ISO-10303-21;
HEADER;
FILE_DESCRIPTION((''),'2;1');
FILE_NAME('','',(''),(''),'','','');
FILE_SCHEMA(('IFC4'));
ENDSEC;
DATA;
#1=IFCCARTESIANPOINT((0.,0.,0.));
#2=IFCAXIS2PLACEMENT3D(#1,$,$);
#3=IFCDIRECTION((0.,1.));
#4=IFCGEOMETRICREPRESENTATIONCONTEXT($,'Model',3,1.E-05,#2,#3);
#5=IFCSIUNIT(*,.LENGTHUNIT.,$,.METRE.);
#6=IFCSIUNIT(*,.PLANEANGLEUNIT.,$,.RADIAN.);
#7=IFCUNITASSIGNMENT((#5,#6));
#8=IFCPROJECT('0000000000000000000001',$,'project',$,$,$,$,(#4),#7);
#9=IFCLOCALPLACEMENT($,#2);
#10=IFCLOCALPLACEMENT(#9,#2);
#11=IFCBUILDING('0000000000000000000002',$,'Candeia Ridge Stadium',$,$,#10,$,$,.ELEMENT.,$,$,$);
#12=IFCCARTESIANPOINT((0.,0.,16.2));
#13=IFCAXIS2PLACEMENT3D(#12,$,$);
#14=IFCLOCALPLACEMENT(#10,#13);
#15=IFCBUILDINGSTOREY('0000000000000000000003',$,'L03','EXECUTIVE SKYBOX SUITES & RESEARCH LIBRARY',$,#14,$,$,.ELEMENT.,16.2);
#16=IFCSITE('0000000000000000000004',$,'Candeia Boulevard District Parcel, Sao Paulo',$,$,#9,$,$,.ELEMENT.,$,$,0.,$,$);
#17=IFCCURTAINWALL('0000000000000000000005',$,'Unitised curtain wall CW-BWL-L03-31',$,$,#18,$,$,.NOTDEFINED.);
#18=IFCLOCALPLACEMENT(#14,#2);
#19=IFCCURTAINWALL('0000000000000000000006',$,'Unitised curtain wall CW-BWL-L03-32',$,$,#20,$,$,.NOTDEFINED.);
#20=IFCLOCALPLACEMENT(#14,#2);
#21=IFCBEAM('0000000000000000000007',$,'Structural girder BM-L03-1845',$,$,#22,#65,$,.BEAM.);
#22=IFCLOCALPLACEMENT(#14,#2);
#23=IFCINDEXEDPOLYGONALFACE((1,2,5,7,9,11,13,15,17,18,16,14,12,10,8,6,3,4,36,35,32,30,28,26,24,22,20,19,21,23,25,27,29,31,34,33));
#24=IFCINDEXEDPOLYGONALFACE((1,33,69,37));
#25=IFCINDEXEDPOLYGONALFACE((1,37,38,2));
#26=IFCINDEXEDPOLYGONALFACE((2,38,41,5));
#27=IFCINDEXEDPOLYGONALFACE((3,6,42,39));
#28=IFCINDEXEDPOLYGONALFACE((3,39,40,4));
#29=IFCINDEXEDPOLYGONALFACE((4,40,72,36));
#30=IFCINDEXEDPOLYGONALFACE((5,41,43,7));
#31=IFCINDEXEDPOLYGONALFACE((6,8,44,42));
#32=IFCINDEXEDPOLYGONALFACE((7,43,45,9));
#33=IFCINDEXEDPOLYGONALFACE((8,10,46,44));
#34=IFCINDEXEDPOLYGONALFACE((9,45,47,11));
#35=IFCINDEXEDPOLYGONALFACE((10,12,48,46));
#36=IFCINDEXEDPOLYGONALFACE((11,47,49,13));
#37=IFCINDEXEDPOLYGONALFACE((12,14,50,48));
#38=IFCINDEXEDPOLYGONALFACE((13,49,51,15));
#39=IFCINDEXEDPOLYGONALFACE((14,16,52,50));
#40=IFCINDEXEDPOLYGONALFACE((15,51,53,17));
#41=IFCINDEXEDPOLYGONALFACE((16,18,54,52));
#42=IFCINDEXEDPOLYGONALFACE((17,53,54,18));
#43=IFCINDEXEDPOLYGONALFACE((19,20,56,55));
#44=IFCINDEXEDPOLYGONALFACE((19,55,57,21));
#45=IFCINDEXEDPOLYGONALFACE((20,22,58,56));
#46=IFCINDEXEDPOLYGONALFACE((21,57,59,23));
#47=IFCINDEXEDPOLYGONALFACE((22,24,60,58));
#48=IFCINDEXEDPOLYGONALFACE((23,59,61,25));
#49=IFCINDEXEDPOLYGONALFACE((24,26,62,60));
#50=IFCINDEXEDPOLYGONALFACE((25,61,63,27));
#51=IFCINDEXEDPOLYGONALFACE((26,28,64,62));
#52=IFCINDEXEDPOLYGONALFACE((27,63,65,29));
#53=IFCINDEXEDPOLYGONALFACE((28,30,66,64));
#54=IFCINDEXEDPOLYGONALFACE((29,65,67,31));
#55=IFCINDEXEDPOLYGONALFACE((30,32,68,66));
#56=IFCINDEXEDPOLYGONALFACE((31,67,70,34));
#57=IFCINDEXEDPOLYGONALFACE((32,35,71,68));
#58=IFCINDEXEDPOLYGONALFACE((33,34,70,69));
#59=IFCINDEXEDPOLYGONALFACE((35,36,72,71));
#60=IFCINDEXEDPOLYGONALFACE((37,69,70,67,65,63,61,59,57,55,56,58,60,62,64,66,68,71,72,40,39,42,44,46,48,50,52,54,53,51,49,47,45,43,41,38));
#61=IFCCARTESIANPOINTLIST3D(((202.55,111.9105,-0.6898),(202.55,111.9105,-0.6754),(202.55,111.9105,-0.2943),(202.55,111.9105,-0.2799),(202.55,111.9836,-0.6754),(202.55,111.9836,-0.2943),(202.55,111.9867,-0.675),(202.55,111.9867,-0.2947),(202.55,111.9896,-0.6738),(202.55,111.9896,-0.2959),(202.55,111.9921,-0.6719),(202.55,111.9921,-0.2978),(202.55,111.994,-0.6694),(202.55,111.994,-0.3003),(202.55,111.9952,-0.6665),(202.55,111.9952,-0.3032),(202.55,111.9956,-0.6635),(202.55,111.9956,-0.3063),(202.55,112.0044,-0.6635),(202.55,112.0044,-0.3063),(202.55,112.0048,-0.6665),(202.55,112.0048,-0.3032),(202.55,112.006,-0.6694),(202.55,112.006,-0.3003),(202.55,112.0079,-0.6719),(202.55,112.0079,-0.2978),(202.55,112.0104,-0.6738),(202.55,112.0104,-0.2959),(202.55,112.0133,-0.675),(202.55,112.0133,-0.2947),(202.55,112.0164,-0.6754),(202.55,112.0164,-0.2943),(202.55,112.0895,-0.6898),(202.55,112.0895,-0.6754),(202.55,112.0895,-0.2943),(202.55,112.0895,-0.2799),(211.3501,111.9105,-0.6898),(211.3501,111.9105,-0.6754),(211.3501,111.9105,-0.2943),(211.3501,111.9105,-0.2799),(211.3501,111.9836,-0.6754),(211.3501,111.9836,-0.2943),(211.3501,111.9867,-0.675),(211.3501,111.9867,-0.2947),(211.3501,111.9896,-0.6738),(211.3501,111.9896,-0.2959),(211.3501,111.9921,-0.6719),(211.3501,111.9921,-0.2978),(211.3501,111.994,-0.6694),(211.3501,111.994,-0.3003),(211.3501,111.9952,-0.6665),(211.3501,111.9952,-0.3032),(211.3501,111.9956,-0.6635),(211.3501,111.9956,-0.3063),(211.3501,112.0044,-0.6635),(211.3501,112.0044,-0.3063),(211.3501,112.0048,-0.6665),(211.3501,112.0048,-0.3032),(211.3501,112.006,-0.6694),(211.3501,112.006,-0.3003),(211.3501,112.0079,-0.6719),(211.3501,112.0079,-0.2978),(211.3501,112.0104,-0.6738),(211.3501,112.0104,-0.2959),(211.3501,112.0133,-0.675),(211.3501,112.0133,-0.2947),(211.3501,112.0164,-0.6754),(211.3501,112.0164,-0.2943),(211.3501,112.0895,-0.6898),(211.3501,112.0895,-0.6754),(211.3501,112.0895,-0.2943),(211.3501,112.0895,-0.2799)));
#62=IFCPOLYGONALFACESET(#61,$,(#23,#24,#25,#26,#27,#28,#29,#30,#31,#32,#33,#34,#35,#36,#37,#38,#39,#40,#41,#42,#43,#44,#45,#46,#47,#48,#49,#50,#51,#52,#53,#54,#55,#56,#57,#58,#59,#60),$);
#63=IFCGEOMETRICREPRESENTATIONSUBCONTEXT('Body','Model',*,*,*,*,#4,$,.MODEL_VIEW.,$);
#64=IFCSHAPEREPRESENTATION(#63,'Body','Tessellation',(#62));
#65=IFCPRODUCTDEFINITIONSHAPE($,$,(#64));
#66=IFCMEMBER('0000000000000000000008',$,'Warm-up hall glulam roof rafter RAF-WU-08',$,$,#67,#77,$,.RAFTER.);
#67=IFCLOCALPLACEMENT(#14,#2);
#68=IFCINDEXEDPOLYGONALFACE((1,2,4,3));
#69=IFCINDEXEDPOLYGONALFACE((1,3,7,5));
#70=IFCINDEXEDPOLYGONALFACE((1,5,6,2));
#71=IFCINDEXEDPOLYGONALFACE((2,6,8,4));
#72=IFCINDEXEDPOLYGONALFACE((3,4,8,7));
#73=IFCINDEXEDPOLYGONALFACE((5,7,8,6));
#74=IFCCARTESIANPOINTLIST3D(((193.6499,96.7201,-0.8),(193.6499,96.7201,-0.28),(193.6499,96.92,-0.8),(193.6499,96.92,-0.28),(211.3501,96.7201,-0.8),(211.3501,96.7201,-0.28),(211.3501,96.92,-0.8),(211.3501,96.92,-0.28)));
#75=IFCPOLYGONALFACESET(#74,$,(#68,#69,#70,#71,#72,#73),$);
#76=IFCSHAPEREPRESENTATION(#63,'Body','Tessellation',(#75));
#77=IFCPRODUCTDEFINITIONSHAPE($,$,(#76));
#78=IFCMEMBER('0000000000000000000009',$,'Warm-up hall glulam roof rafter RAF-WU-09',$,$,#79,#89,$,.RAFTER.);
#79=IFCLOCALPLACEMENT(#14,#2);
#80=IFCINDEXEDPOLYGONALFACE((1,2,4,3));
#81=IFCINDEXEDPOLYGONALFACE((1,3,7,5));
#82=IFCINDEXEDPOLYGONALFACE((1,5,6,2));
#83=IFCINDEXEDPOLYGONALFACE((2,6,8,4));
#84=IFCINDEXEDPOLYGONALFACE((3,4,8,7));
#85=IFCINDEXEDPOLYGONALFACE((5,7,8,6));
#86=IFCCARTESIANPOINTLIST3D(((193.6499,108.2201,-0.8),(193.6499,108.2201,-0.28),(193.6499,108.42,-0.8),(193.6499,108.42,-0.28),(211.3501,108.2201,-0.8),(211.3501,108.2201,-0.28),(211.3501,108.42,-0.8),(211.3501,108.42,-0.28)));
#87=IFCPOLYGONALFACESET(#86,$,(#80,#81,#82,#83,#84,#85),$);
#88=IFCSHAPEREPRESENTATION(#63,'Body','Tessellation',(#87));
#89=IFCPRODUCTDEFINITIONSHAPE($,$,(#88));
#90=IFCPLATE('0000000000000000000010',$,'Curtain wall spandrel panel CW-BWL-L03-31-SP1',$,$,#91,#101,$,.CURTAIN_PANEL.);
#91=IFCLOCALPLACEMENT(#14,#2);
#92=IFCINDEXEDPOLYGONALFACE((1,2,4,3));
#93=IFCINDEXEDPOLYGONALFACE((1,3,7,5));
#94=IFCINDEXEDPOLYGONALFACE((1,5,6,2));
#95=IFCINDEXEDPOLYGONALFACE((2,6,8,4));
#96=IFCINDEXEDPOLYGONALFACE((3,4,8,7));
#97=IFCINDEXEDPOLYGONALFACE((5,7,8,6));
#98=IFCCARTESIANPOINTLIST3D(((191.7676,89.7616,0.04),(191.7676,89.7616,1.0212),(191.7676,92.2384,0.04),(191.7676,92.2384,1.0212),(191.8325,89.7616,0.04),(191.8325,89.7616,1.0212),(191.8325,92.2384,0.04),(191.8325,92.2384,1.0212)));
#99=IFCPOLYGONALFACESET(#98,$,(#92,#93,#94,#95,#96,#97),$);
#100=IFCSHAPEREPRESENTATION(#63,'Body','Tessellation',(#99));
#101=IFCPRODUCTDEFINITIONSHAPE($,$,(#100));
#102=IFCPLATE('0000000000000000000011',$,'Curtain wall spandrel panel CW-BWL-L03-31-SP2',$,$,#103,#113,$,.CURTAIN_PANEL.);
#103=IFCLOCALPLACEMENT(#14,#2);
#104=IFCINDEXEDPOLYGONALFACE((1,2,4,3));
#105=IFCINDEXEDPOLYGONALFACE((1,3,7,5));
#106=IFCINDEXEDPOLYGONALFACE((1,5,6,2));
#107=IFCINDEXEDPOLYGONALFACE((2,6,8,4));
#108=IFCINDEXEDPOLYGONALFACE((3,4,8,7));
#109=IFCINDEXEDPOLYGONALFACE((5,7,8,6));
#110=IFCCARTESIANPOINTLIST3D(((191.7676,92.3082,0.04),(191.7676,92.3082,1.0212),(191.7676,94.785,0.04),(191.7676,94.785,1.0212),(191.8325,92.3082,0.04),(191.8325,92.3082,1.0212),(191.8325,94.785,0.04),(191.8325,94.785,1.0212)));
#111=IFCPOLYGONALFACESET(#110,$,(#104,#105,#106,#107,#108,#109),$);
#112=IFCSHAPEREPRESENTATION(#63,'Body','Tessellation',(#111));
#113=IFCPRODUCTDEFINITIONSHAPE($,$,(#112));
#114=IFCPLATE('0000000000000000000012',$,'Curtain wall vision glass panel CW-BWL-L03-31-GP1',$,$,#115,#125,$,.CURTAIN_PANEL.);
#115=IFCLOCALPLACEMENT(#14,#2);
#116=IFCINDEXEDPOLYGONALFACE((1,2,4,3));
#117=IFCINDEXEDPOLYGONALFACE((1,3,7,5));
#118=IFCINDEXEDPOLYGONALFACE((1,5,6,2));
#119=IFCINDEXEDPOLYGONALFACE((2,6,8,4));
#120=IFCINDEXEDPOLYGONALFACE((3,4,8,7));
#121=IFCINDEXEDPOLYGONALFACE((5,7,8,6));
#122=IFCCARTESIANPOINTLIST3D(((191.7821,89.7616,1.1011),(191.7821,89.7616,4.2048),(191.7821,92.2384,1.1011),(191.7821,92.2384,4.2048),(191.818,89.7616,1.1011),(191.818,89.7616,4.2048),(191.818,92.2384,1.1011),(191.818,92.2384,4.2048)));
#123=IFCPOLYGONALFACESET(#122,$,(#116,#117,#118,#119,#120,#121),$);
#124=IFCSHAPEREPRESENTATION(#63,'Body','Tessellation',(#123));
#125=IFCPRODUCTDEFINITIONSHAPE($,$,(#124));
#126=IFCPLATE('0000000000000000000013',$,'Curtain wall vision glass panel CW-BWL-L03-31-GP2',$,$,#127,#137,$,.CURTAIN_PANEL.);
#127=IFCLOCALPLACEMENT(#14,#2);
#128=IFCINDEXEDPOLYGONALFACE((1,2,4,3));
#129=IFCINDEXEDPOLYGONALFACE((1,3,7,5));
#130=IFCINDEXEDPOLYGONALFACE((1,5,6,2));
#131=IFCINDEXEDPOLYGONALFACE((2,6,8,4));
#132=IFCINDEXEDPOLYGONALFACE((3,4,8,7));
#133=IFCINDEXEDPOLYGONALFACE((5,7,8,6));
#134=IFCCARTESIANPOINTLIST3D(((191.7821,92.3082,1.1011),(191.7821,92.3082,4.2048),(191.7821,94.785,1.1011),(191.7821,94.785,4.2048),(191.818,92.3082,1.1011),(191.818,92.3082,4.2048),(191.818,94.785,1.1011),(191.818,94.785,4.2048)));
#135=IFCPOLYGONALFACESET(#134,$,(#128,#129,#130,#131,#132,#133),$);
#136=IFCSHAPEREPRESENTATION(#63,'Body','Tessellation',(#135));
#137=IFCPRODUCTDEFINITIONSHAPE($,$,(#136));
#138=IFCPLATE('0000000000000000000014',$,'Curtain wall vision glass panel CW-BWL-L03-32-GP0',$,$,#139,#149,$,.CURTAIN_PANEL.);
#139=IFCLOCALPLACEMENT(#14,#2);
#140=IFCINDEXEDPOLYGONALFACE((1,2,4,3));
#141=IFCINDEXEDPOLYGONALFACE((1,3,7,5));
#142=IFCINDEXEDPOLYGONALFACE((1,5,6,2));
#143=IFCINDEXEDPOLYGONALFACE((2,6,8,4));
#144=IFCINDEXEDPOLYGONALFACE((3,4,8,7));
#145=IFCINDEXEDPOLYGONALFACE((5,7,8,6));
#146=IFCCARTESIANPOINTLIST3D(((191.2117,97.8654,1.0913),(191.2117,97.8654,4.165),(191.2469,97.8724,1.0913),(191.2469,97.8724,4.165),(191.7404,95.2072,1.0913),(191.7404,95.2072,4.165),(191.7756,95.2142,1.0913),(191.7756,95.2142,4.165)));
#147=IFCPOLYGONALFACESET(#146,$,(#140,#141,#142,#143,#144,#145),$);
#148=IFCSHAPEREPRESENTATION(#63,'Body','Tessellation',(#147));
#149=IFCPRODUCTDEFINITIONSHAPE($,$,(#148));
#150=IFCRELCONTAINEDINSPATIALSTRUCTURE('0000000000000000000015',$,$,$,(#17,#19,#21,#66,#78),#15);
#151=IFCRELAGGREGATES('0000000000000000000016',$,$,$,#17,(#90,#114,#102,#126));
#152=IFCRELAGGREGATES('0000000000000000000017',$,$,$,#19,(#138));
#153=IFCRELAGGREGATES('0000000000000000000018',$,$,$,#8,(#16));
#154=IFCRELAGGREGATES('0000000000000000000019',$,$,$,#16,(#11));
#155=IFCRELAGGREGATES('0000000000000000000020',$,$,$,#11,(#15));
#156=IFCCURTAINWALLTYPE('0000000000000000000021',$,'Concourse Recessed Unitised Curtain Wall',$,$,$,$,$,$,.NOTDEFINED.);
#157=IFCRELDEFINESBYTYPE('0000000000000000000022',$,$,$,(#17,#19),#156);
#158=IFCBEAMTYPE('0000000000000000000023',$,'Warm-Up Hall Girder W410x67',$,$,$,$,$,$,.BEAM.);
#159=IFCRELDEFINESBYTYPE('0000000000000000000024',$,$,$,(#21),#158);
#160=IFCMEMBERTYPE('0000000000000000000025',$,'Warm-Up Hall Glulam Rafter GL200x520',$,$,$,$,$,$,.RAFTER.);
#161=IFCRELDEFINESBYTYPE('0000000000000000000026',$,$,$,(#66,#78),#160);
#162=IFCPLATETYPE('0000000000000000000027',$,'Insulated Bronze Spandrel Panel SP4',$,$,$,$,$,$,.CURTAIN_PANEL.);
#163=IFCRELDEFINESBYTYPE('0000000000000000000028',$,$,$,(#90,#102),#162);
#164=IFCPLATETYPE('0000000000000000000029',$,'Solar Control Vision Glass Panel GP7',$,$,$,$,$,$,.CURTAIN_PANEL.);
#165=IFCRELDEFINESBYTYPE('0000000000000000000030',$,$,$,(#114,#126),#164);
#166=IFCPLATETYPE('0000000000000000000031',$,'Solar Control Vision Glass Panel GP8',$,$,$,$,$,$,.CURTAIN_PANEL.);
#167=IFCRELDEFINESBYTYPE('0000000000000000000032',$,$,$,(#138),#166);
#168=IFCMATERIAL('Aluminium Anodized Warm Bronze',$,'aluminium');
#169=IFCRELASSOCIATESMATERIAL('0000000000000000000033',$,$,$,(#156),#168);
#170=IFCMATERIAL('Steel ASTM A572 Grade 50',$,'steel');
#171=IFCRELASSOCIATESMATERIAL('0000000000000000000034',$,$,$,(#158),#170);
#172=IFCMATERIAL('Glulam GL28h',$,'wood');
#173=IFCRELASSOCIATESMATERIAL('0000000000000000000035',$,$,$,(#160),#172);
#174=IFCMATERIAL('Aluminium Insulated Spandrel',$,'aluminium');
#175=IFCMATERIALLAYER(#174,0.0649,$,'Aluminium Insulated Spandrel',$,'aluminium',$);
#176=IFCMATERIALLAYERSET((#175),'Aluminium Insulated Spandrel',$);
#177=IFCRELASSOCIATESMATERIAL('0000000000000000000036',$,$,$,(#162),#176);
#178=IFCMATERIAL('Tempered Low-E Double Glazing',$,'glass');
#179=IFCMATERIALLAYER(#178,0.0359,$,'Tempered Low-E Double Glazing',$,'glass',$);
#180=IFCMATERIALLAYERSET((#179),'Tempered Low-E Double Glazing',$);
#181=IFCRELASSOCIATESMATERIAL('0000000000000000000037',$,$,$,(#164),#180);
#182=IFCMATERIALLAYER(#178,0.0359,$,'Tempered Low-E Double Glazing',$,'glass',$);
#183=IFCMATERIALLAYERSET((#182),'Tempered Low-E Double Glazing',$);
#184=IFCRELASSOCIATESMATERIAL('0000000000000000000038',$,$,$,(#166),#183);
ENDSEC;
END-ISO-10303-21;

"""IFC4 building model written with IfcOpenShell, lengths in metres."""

from ifc_helpers import new_model, si_unit, direction, frame, origin, origin_2d, place, context, subcontext, project, spatial, rectangle, i_section, extrude, material, layer, layer_set, material_profile, profile_set, type_object, element, aggregate, save


model = new_model("IFC4")

# Units and contexts
model_context = context("Model", 3, precision=1e-05, world=origin(), true_north=direction((0.0, 1.0)))
body_context = subcontext(model_context, "Body", "Model", "MODEL_VIEW")
ifc_project = project(units=[si_unit("LENGTHUNIT", "METRE"), si_unit("PLANEANGLEUNIT", "RADIAN")], contexts=[model_context])

# Site, building, storey
site_placement = place(None, origin())
site = spatial("IfcSite", under=ifc_project, at=site_placement, Name="Candeia Boulevard District Parcel, Sao Paulo", CompositionType="ELEMENT", RefElevation=0.0)
building_placement = place(site_placement, origin())
building = spatial("IfcBuilding", under=site, at=building_placement, Name="Candeia Ridge Stadium", CompositionType="ELEMENT")
storey_placement = place(building_placement, frame((0.0, 0.0, 16.2)))
storey = spatial("IfcBuildingStorey", under=building, at=storey_placement, Name="L03", Description="EXECUTIVE SKYBOX SUITES & RESEARCH LIBRARY", CompositionType="ELEMENT", Elevation=16.2)

# Curtain walls
ifc_material_1 = material(Name="Aluminium Anodized Warm Bronze", Category="aluminium")
curtain_wall_type = type_object("IfcCurtainWallType", Name="Concourse Recessed Unitised Curtain Wall", PredefinedType="NOTDEFINED", material=ifc_material_1)
curtain_wall_1_placement = place(storey_placement, origin())
curtain_wall_1 = element("IfcCurtainWall", 1, at=curtain_wall_1_placement, inside=storey, type_object=curtain_wall_type, Name="Unitised curtain wall CW-BWL-L03-31", PredefinedType="NOTDEFINED")
curtain_wall_2_placement = place(storey_placement, origin())
curtain_wall_2 = element("IfcCurtainWall", 2, at=curtain_wall_2_placement, inside=storey, type_object=curtain_wall_type, Name="Unitised curtain wall CW-BWL-L03-32", PredefinedType="NOTDEFINED")

# Beam
ifc_material_2 = material(Name="Steel ASTM A572 Grade 50", Category="steel")
ifc_material_profile_1 = material_profile(ifc_material_2, i_section(OverallWidth=0.179, OverallDepth=0.4099, WebThickness=0.0088, FlangeThickness=0.0144, FilletRadius=0.012, at=origin_2d()), Name="W410x67", Category="steel")
ifc_profile_set_1 = profile_set([ifc_material_profile_1], Name="Steel ASTM A572 Grade 50")
beam_type_1 = type_object("IfcBeamType", Name="Warm-Up Hall Girder W410x67", PredefinedType="BEAM", material=ifc_profile_set_1)
for number, where, z_axis, x_axis, name in (
    (3, (202.55, 112.0, -0.4849), (1.0, 0.0, 0.0), (0.0, 1.0, 0.0), "Structural girder BM-L03-1845"),
):
    element("IfcBeam", number, at=place(storey_placement, frame(where, z_axis=z_axis, x_axis=x_axis)), inside=storey, type_object=beam_type_1, Name=name, PredefinedType="BEAM", context=body_context, shape_type="SweptSolid", body=[
        extrude(i_section(OverallWidth=0.179, OverallDepth=0.4099, WebThickness=0.0088, FlangeThickness=0.0144, FilletRadius=0.012, at=origin_2d()), origin(), (0.0, 0.0, 1.0), 8.8),
    ])

# Members
ifc_material_3 = material(Name="Glulam GL28h", Category="wood")
ifc_material_profile_2 = material_profile(ifc_material_3, rectangle(XDim=0.2, YDim=0.52, at=origin_2d()), Name="GL200x520", Category="wood")
ifc_profile_set_2 = profile_set([ifc_material_profile_2], Name="Glulam GL28h")
member_type_1 = type_object("IfcMemberType", Name="Warm-Up Hall Glulam Rafter GL200x520", PredefinedType="RAFTER", material=ifc_profile_set_2)
for number, where, z_axis, x_axis, name in (
    (4, (193.6499, 96.8201, -0.54), (1.0, 0.0, 0.0), (0.0, 1.0, 0.0), "Warm-up hall glulam roof rafter RAF-WU-08"),
    (5, (193.6499, 108.3201, -0.54), (1.0, 0.0, 0.0), (0.0, 1.0, 0.0), "Warm-up hall glulam roof rafter RAF-WU-09"),
):
    element("IfcMember", number, at=place(storey_placement, frame(where, z_axis=z_axis, x_axis=x_axis)), inside=storey, type_object=member_type_1, Name=name, PredefinedType="RAFTER", context=body_context, shape_type="SweptSolid", body=[
        extrude(rectangle(XDim=0.2, YDim=0.52, at=origin_2d()), origin(), (0.0, 0.0, 1.0), 17.7002),
    ])

# Plates
ifc_material_4 = material(Name="Aluminium Insulated Spandrel", Category="aluminium")
ifc_layer_1 = layer(ifc_material_4, 0.0649, Name="Aluminium Insulated Spandrel", Category="aluminium")
ifc_layer_set_1 = layer_set([ifc_layer_1], Name="Aluminium Insulated Spandrel")
plate_type_1 = type_object("IfcPlateType", Name="Insulated Bronze Spandrel Panel SP4", PredefinedType="CURTAIN_PANEL", material=ifc_layer_set_1)
plate_1_placement = place(storey_placement, frame((191.8, 91.0, 0.04), z_axis=(0.0, 0.0, 1.0), x_axis=(0.0, 1.0, 0.0)))
plate_1 = element("IfcPlate", 6, at=plate_1_placement, type_object=plate_type_1, Name="Curtain wall spandrel panel CW-BWL-L03-31-SP1", PredefinedType="CURTAIN_PANEL", context=body_context, shape_type="SweptSolid", body=[
    extrude(rectangle(XDim=2.4768, YDim=0.0649, at=origin_2d()), origin(), (0.0, 0.0, 1.0), 0.9812),
])
plate_2_placement = place(storey_placement, frame((191.8, 93.5466, 0.04), z_axis=(0.0, 0.0, 1.0), x_axis=(0.0, 1.0, 0.0)))
plate_2 = element("IfcPlate", 7, at=plate_2_placement, type_object=plate_type_1, Name="Curtain wall spandrel panel CW-BWL-L03-31-SP2", PredefinedType="CURTAIN_PANEL", context=body_context, shape_type="SweptSolid", body=[
    extrude(rectangle(XDim=2.4768, YDim=0.0649, at=origin_2d()), origin(), (0.0, 0.0, 1.0), 0.9812),
])
ifc_material_5 = material(Name="Tempered Low-E Double Glazing", Category="glass")
ifc_layer_2 = layer(ifc_material_5, 0.0359, Name="Tempered Low-E Double Glazing", Category="glass")
ifc_layer_set_2 = layer_set([ifc_layer_2], Name="Tempered Low-E Double Glazing")
plate_type_2 = type_object("IfcPlateType", Name="Solar Control Vision Glass Panel GP7", PredefinedType="CURTAIN_PANEL", material=ifc_layer_set_2)
plate_3_placement = place(storey_placement, frame((191.8, 91.0, 1.1011), z_axis=(0.0, 0.0, 1.0), x_axis=(0.0, 1.0, 0.0)))
plate_3 = element("IfcPlate", 8, at=plate_3_placement, type_object=plate_type_2, Name="Curtain wall vision glass panel CW-BWL-L03-31-GP1", PredefinedType="CURTAIN_PANEL", context=body_context, shape_type="SweptSolid", body=[
    extrude(rectangle(XDim=2.4768, YDim=0.0359, at=origin_2d()), origin(), (0.0, 0.0, 1.0), 3.1038),
])
plate_4_placement = place(storey_placement, frame((191.8, 93.5466, 1.1011), z_axis=(0.0, 0.0, 1.0), x_axis=(0.0, 1.0, 0.0)))
plate_4 = element("IfcPlate", 9, at=plate_4_placement, type_object=plate_type_2, Name="Curtain wall vision glass panel CW-BWL-L03-31-GP2", PredefinedType="CURTAIN_PANEL", context=body_context, shape_type="SweptSolid", body=[
    extrude(rectangle(XDim=2.4768, YDim=0.0359, at=origin_2d()), origin(), (0.0, 0.0, 1.0), 3.1038),
])
aggregate(curtain_wall_1, [plate_1, plate_3, plate_2, plate_4])
ifc_layer_3 = layer(ifc_material_5, 0.0359, Name="Tempered Low-E Double Glazing", Category="glass")
ifc_layer_set_3 = layer_set([ifc_layer_3], Name="Tempered Low-E Double Glazing")
plate_type_3 = type_object("IfcPlateType", Name="Solar Control Vision Glass Panel GP8", PredefinedType="CURTAIN_PANEL", material=ifc_layer_set_3)
plate_5_placement = place(storey_placement, frame((191.4937, 96.5398, 1.0913), z_axis=(0.0, 0.0, 1.0), x_axis=(-0.19509, 0.980785, 0.0)))
plate_5 = element("IfcPlate", 10, at=plate_5_placement, type_object=plate_type_3, Name="Curtain wall vision glass panel CW-BWL-L03-32-GP0", PredefinedType="CURTAIN_PANEL", context=body_context, shape_type="SweptSolid", body=[
    extrude(rectangle(XDim=2.7102, YDim=0.0359, at=origin_2d()), origin(), (0.0, 0.0, 1.0), 3.0737),
])
aggregate(curtain_wall_2, [plate_5])

save(model, "model.ifc")
